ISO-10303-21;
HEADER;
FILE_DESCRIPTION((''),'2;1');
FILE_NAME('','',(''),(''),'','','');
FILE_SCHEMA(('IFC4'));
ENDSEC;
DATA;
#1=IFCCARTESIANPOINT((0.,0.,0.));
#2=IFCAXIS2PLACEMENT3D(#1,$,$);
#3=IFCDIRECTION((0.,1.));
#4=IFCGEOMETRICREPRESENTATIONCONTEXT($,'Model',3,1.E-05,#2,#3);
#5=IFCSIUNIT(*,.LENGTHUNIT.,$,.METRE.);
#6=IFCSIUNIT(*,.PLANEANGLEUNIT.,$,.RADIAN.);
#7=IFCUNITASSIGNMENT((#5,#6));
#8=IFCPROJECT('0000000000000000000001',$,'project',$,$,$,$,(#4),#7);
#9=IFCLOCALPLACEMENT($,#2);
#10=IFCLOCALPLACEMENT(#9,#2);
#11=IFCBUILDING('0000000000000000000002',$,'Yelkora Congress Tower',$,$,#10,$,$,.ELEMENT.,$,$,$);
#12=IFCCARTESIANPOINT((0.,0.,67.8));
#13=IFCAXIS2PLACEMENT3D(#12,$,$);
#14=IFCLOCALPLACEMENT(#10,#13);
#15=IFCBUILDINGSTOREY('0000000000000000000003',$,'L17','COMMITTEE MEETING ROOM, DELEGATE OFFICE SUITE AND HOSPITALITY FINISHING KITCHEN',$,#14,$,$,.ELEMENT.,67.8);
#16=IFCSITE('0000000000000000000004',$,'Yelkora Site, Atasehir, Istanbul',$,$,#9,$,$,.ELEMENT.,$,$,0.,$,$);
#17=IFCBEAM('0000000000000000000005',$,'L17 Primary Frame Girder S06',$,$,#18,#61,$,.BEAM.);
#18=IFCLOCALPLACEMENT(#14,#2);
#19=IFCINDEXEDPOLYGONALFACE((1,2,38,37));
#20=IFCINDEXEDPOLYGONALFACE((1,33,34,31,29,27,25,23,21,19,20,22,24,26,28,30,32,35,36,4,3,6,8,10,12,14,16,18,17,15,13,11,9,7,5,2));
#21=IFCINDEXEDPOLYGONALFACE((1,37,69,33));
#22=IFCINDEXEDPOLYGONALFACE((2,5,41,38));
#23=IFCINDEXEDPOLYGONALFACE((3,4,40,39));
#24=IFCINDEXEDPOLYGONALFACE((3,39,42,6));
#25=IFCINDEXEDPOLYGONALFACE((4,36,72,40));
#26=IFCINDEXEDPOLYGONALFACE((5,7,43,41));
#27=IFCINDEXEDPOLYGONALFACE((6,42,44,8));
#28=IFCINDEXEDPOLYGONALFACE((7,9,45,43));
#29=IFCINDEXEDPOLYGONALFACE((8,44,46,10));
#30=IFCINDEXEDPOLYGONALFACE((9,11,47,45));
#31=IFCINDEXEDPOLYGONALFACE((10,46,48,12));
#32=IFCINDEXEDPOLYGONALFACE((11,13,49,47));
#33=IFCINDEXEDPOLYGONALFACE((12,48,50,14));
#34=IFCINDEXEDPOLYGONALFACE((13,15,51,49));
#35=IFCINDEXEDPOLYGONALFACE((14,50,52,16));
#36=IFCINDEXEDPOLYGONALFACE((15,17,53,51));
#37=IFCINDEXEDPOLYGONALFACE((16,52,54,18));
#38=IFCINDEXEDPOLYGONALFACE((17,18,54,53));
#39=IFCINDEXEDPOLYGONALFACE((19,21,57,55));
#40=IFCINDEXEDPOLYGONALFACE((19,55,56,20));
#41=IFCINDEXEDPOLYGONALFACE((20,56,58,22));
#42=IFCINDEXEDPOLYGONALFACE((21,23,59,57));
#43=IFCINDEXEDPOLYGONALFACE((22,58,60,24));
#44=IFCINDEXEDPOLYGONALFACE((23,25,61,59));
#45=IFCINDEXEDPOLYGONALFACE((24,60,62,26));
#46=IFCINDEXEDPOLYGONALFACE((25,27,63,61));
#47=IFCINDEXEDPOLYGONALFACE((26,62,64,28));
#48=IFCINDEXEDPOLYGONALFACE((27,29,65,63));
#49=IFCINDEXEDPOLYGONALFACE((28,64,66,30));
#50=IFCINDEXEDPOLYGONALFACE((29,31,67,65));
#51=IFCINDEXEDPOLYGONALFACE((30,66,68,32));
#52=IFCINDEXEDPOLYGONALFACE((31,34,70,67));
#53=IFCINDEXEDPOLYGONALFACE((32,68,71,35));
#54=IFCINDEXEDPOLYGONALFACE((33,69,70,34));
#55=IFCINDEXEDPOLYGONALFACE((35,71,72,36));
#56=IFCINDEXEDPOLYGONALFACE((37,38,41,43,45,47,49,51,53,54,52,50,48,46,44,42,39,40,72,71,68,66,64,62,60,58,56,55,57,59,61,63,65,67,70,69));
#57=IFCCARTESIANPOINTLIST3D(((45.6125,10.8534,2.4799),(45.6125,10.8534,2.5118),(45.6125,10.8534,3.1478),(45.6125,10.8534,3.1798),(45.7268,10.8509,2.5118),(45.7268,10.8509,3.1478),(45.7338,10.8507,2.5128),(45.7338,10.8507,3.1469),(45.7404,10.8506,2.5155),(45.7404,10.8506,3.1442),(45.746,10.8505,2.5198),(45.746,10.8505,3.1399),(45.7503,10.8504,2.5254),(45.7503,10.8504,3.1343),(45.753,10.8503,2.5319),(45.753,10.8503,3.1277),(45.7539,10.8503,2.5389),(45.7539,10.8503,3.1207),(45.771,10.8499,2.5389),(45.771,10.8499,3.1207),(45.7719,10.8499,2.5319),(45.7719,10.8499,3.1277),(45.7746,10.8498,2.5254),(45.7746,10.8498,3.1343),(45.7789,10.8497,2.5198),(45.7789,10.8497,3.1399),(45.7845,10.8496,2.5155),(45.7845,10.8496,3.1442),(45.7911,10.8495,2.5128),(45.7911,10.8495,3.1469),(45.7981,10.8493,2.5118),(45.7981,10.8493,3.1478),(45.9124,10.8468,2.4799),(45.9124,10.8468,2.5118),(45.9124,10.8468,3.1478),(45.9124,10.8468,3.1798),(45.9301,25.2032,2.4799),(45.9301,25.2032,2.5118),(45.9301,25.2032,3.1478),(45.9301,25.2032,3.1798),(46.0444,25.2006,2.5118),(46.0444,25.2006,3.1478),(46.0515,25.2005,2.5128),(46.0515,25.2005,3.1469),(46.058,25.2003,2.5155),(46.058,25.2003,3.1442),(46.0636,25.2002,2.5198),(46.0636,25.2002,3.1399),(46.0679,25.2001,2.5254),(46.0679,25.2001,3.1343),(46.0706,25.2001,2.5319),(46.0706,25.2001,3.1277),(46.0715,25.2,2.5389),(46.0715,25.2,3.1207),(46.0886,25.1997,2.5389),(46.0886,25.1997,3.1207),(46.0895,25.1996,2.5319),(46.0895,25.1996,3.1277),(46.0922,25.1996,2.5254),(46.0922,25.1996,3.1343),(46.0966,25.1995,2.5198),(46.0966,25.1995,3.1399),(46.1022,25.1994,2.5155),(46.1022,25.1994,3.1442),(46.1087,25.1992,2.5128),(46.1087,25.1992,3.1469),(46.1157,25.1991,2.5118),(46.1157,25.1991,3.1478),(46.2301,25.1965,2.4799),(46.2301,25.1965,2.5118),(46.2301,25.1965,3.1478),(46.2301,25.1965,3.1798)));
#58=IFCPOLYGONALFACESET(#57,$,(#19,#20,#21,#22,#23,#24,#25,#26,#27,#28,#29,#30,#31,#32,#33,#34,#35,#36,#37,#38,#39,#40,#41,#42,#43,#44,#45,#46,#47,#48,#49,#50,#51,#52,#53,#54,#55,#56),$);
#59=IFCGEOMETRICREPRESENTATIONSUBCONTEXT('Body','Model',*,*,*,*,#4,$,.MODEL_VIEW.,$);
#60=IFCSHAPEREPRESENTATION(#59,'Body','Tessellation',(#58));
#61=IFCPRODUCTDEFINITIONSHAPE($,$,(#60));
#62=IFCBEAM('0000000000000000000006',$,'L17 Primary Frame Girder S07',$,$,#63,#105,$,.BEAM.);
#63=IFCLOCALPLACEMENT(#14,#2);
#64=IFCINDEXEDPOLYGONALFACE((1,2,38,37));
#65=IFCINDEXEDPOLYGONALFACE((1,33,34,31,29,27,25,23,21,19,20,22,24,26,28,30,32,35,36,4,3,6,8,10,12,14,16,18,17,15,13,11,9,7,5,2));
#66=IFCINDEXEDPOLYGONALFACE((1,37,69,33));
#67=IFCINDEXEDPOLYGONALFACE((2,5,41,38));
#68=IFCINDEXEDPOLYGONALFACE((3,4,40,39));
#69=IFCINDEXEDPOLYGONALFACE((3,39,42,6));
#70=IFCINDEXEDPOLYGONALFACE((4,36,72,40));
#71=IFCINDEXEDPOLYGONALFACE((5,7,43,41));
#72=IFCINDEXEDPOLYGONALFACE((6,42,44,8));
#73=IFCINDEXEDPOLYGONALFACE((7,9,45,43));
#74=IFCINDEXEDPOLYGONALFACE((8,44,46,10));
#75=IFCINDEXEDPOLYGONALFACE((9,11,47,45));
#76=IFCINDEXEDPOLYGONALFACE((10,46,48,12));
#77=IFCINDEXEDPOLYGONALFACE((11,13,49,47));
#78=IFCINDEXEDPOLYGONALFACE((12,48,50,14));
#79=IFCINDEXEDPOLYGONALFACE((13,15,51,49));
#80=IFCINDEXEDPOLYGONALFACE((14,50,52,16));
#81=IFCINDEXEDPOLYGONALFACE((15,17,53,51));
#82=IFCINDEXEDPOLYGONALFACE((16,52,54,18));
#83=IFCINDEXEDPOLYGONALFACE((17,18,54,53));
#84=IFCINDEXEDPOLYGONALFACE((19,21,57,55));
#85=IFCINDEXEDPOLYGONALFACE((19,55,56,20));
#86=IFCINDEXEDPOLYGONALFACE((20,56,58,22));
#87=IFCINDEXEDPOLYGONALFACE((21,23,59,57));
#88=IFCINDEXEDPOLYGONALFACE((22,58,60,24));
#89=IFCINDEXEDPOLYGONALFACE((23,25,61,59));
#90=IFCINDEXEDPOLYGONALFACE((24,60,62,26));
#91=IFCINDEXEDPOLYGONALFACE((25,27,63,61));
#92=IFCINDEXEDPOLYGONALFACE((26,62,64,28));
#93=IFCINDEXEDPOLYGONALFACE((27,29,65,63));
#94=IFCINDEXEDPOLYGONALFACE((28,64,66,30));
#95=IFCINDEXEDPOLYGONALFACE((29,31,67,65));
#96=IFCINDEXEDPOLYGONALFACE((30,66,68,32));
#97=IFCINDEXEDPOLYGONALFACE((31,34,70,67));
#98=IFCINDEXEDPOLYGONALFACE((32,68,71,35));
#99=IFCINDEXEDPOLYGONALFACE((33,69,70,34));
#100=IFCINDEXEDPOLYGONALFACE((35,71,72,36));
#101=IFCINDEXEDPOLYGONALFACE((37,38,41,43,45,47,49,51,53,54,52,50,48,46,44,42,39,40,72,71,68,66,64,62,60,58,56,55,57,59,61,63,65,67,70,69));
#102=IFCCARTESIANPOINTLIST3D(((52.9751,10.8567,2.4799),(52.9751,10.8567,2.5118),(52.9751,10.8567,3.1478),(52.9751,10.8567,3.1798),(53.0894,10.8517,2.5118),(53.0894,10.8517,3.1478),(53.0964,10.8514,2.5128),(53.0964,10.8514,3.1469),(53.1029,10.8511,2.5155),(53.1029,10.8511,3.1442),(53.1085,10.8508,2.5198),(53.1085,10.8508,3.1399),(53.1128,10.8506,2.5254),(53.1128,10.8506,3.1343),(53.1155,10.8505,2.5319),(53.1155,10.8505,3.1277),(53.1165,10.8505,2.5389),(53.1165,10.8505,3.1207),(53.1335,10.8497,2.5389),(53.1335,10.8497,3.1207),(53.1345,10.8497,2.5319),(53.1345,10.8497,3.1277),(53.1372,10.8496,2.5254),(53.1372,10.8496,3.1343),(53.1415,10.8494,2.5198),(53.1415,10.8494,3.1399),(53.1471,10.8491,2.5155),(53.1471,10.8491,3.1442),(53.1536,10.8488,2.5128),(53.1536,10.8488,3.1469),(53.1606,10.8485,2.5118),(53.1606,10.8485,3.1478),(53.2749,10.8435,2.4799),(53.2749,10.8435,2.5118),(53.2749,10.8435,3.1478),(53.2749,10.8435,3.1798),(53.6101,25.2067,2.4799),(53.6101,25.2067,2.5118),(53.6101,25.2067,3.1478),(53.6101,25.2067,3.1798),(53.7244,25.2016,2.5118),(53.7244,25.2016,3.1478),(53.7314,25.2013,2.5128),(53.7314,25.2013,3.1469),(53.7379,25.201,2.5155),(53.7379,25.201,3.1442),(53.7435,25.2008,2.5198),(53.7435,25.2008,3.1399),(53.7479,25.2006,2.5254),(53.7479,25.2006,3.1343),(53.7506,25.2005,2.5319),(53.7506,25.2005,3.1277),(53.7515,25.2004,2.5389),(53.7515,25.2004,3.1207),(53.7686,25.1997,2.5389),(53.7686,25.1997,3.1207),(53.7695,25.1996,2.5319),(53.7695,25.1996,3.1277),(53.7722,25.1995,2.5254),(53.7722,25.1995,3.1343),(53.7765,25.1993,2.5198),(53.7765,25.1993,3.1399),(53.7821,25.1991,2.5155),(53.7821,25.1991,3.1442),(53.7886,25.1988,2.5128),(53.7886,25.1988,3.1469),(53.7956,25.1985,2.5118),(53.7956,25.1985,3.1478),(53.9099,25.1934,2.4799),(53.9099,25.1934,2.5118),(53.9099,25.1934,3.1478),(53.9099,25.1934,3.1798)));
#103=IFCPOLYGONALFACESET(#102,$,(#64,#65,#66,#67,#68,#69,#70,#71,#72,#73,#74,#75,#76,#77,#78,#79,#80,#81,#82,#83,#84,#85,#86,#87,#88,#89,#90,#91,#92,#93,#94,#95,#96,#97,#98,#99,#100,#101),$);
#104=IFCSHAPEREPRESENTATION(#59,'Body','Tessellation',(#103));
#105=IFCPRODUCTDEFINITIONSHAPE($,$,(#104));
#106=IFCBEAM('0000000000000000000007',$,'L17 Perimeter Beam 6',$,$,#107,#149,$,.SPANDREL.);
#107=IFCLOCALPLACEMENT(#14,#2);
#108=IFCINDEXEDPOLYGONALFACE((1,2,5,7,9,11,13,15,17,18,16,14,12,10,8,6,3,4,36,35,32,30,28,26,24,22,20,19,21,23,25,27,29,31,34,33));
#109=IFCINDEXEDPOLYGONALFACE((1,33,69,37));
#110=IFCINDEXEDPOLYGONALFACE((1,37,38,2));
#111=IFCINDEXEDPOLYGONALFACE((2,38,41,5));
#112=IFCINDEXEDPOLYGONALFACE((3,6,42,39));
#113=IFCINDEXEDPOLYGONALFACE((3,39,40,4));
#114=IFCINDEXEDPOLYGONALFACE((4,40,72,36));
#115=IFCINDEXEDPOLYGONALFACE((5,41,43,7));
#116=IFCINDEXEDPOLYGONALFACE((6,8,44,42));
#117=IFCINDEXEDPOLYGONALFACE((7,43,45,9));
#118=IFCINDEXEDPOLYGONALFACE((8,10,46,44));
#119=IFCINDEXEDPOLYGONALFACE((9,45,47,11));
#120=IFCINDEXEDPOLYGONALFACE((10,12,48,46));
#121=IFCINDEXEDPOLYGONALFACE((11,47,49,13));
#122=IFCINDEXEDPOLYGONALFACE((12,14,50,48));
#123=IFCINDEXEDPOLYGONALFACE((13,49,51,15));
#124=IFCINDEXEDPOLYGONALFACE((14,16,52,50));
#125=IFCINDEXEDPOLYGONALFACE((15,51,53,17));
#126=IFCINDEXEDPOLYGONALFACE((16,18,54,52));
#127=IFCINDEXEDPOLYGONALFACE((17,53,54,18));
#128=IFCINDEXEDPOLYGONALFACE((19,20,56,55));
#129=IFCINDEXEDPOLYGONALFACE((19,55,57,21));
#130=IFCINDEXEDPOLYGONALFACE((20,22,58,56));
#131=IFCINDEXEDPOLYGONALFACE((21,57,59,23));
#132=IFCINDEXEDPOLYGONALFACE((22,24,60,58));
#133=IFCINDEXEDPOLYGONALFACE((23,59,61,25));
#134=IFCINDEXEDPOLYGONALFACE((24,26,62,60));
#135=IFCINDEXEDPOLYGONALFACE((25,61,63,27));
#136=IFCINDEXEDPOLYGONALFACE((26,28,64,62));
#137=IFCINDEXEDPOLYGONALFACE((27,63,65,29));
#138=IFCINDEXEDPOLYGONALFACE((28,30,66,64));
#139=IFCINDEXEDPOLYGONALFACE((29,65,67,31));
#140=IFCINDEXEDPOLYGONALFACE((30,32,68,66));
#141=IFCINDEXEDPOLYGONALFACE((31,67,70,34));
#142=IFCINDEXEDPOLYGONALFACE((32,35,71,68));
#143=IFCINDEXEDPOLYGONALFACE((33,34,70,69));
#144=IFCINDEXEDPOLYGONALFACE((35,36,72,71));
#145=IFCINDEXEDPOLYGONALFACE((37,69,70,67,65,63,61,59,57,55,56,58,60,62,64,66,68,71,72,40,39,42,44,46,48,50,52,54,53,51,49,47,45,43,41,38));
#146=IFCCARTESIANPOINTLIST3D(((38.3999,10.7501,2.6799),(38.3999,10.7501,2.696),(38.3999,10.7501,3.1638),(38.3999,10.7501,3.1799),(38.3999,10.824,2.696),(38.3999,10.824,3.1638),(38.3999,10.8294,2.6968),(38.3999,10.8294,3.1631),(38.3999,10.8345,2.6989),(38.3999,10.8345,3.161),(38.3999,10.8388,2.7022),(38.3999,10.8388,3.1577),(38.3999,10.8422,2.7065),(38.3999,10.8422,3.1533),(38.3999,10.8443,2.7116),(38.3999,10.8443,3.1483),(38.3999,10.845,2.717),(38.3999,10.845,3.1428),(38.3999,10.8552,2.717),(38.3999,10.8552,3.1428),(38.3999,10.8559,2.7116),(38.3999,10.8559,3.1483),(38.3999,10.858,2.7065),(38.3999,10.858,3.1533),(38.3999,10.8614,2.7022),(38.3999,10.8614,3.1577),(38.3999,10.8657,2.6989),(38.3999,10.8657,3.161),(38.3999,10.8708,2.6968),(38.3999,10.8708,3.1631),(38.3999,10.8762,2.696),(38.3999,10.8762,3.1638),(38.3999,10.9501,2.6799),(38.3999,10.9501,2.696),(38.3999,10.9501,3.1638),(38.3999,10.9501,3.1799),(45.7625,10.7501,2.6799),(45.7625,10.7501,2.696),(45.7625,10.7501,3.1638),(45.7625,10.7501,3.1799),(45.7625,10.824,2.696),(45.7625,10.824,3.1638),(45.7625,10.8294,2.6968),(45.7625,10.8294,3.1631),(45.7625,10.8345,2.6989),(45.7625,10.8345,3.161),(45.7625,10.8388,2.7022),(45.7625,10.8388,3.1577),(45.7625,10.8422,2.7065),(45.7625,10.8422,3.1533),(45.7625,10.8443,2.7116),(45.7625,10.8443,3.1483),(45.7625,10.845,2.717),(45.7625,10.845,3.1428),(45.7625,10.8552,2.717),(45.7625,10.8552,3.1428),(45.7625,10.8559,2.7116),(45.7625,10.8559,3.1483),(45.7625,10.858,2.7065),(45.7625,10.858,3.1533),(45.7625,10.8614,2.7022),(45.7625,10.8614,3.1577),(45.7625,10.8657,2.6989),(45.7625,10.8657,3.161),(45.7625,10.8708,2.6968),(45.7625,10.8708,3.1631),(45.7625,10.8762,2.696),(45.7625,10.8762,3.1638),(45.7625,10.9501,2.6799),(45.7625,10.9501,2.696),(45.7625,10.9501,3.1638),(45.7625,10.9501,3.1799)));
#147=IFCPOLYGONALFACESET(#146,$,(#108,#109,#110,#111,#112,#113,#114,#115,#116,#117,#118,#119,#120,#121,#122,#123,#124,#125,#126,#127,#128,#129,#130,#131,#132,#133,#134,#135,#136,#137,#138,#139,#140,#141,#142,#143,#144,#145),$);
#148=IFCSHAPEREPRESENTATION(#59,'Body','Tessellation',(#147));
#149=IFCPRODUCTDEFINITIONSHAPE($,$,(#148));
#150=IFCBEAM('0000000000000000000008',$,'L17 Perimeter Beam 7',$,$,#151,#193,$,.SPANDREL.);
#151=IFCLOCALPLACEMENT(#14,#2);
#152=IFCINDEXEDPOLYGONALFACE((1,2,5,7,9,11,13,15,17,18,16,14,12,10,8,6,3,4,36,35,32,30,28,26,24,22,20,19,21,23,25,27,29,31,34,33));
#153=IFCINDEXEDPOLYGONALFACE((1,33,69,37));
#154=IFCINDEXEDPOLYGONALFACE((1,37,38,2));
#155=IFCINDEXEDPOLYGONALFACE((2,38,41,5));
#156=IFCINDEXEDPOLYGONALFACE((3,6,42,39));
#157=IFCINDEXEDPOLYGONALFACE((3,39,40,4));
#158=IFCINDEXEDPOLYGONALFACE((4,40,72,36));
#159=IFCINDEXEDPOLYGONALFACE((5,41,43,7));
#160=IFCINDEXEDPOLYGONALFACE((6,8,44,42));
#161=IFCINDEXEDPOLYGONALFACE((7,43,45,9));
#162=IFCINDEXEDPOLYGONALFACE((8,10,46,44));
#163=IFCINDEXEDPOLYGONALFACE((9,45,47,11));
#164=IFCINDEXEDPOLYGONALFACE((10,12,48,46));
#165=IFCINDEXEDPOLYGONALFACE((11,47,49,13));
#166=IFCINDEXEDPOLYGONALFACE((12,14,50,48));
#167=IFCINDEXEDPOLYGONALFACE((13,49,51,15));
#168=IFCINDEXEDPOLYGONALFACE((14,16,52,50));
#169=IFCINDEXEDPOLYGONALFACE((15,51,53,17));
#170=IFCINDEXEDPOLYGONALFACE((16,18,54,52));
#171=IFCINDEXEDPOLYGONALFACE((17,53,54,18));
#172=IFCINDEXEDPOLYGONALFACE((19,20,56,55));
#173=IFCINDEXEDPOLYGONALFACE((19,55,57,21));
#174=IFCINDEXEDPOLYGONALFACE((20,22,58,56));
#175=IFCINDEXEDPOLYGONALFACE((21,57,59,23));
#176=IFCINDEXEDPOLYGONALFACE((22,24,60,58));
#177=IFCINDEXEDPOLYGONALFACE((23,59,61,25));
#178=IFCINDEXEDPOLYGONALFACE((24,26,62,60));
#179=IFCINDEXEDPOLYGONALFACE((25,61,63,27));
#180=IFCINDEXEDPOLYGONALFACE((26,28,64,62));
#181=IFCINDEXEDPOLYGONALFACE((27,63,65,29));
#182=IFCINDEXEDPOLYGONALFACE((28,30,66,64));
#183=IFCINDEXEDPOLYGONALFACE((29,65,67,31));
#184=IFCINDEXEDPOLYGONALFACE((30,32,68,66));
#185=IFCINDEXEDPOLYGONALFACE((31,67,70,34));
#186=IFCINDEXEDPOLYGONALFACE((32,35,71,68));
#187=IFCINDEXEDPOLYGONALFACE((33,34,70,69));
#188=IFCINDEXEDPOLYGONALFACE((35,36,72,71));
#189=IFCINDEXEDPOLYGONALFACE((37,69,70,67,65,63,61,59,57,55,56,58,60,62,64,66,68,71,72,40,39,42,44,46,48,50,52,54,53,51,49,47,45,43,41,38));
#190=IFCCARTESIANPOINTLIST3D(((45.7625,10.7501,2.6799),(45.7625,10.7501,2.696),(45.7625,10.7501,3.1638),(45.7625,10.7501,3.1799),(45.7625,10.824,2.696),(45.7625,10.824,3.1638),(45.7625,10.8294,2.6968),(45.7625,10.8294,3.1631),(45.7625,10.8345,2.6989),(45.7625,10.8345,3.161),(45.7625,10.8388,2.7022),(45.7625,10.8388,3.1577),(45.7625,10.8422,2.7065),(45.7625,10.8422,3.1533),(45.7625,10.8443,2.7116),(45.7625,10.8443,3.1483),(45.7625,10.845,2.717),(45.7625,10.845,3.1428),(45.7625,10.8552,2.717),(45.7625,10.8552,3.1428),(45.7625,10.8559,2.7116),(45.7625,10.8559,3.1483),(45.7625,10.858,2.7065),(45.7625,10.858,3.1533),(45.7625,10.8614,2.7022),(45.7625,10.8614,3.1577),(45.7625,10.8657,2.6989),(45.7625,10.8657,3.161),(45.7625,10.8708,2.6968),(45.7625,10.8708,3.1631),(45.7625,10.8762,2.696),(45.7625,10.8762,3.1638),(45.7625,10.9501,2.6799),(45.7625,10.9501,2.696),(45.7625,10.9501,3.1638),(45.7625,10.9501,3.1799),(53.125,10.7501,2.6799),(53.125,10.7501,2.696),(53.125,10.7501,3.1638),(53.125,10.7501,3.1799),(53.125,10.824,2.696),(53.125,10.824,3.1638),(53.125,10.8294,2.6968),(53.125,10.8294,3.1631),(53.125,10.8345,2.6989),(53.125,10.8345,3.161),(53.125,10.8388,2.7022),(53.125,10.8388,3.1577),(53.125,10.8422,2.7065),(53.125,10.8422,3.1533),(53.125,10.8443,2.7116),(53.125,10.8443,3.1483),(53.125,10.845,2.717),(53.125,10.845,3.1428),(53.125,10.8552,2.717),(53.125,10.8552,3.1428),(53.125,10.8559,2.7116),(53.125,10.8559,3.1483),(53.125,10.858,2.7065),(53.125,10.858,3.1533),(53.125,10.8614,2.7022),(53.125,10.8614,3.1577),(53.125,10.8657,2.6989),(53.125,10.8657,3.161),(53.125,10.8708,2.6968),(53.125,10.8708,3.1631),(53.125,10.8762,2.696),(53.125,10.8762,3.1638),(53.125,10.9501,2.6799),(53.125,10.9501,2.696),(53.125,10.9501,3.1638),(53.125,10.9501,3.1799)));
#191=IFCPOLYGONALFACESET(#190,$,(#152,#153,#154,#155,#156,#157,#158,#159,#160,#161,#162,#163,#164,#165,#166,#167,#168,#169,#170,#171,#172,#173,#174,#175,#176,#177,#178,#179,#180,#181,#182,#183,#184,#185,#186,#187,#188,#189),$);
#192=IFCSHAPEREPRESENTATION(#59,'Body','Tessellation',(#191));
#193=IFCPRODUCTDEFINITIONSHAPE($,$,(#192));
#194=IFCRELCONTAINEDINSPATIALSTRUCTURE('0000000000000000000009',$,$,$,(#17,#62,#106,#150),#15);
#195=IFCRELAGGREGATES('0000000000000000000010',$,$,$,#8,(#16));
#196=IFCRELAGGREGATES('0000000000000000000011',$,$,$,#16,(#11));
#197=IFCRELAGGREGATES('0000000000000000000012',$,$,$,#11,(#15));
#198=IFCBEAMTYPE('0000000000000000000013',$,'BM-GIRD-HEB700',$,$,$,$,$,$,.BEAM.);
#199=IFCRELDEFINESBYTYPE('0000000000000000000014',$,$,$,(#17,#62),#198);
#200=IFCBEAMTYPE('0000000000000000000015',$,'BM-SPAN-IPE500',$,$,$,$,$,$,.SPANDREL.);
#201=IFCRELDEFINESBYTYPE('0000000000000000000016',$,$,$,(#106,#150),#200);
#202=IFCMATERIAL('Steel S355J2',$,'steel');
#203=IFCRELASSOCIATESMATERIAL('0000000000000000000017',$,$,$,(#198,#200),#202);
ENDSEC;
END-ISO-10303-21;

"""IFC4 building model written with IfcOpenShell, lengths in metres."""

from ifc_helpers import new_model, si_unit, direction, frame, origin, origin_2d, place, context, subcontext, project, spatial, i_section, extrude, material, material_profile, profile_set, type_object, element, save


model = new_model("IFC4")

# Units and contexts
model_context = context("Model", 3, precision=1e-05, world=origin(), true_north=direction((0.0, 1.0)))
body_context = subcontext(model_context, "Body", "Model", "MODEL_VIEW")
ifc_project = project(units=[si_unit("LENGTHUNIT", "METRE"), si_unit("PLANEANGLEUNIT", "RADIAN")], contexts=[model_context])

# Site, building, storey
site_placement = place(None, origin())
site = spatial("IfcSite", under=ifc_project, at=site_placement, Name="Yelkora Site, Atasehir, Istanbul", CompositionType="ELEMENT", RefElevation=0.0)
building_placement = place(site_placement, origin())
building = spatial("IfcBuilding", under=site, at=building_placement, Name="Yelkora Congress Tower", CompositionType="ELEMENT")
storey_placement = place(building_placement, frame((0.0, 0.0, 67.8)))
storey = spatial("IfcBuildingStorey", under=building, at=storey_placement, Name="L17", Description="COMMITTEE MEETING ROOM, DELEGATE OFFICE SUITE AND HOSPITALITY FINISHING KITCHEN", CompositionType="ELEMENT", Elevation=67.8)

# Beams
ifc_material_1 = material(Name="Steel S355J2", Category="steel")
ifc_material_profile_1 = material_profile(ifc_material_1, i_section(OverallWidth=0.3, OverallDepth=0.7, WebThickness=0.0171, FlangeThickness=0.032, FilletRadius=0.0271, at=origin_2d()), Name="HEB 700")
ifc_profile_set_1 = profile_set([ifc_material_profile_1], Name="Steel S355J2")
beam_type_1 = type_object("IfcBeamType", Name="BM-GIRD-HEB700", PredefinedType="BEAM", material=ifc_profile_set_1)
beam_1_placement = place(storey_placement, frame((45.7625, 10.8501, 2.8298), z_axis=(0.022129, 0.999755, 0.0), x_axis=(-0.999755, 0.022129, 0.0)))
element("IfcBeam", 1, at=beam_1_placement, inside=storey, type_object=beam_type_1, Name="L17 Primary Frame Girder S06", PredefinedType="BEAM", context=body_context, shape_type="SweptSolid", body=[
    extrude(i_section(OverallWidth=0.3, OverallDepth=0.7, WebThickness=0.0171, FlangeThickness=0.032, FilletRadius=0.0271, at=origin_2d()), origin(), (0.0, 0.0, 1.0), 14.3533),
])
beam_2_placement = place(storey_placement, frame((53.125, 10.8501, 2.8298), z_axis=(0.044209, 0.999022, 0.0), x_axis=(-0.999022, 0.044209, 0.0)))
element("IfcBeam", 2, at=beam_2_placement, inside=storey, type_object=beam_type_1, Name="L17 Primary Frame Girder S07", PredefinedType="BEAM", context=body_context, shape_type="SweptSolid", body=[
    extrude(i_section(OverallWidth=0.3, OverallDepth=0.7, WebThickness=0.0171, FlangeThickness=0.032, FilletRadius=0.0271, at=origin_2d()), origin(), (0.0, 0.0, 1.0), 14.364),
])
ifc_material_profile_2 = material_profile(ifc_material_1, i_section(OverallWidth=0.2, OverallDepth=0.5, WebThickness=0.0103, FlangeThickness=0.0161, FilletRadius=0.021, at=origin_2d()), Name="IPE 500")
ifc_profile_set_2 = profile_set([ifc_material_profile_2], Name="Steel S355J2")
beam_type_2 = type_object("IfcBeamType", Name="BM-SPAN-IPE500", PredefinedType="SPANDREL", material=ifc_profile_set_2)
for number, where, z_axis, x_axis, name in (
    (3, (38.3999, 10.8501, 2.9299), (1.0, 0.0, 0.0), (0.0, 1.0, 0.0), "L17 Perimeter Beam 6"),
    (4, (45.7625, 10.8501, 2.9299), (1.0, 0.0, 0.0), (0.0, 1.0, 0.0), "L17 Perimeter Beam 7"),
):
    element("IfcBeam", number, at=place(storey_placement, frame(where, z_axis=z_axis, x_axis=x_axis)), inside=storey, type_object=beam_type_2, Name=name, PredefinedType="SPANDREL", context=body_context, shape_type="SweptSolid", body=[
        extrude(i_section(OverallWidth=0.2, OverallDepth=0.5, WebThickness=0.0103, FlangeThickness=0.0161, FilletRadius=0.021, at=origin_2d()), origin(), (0.0, 0.0, 1.0), 7.3625),
    ])

save(model, "model.ifc")
